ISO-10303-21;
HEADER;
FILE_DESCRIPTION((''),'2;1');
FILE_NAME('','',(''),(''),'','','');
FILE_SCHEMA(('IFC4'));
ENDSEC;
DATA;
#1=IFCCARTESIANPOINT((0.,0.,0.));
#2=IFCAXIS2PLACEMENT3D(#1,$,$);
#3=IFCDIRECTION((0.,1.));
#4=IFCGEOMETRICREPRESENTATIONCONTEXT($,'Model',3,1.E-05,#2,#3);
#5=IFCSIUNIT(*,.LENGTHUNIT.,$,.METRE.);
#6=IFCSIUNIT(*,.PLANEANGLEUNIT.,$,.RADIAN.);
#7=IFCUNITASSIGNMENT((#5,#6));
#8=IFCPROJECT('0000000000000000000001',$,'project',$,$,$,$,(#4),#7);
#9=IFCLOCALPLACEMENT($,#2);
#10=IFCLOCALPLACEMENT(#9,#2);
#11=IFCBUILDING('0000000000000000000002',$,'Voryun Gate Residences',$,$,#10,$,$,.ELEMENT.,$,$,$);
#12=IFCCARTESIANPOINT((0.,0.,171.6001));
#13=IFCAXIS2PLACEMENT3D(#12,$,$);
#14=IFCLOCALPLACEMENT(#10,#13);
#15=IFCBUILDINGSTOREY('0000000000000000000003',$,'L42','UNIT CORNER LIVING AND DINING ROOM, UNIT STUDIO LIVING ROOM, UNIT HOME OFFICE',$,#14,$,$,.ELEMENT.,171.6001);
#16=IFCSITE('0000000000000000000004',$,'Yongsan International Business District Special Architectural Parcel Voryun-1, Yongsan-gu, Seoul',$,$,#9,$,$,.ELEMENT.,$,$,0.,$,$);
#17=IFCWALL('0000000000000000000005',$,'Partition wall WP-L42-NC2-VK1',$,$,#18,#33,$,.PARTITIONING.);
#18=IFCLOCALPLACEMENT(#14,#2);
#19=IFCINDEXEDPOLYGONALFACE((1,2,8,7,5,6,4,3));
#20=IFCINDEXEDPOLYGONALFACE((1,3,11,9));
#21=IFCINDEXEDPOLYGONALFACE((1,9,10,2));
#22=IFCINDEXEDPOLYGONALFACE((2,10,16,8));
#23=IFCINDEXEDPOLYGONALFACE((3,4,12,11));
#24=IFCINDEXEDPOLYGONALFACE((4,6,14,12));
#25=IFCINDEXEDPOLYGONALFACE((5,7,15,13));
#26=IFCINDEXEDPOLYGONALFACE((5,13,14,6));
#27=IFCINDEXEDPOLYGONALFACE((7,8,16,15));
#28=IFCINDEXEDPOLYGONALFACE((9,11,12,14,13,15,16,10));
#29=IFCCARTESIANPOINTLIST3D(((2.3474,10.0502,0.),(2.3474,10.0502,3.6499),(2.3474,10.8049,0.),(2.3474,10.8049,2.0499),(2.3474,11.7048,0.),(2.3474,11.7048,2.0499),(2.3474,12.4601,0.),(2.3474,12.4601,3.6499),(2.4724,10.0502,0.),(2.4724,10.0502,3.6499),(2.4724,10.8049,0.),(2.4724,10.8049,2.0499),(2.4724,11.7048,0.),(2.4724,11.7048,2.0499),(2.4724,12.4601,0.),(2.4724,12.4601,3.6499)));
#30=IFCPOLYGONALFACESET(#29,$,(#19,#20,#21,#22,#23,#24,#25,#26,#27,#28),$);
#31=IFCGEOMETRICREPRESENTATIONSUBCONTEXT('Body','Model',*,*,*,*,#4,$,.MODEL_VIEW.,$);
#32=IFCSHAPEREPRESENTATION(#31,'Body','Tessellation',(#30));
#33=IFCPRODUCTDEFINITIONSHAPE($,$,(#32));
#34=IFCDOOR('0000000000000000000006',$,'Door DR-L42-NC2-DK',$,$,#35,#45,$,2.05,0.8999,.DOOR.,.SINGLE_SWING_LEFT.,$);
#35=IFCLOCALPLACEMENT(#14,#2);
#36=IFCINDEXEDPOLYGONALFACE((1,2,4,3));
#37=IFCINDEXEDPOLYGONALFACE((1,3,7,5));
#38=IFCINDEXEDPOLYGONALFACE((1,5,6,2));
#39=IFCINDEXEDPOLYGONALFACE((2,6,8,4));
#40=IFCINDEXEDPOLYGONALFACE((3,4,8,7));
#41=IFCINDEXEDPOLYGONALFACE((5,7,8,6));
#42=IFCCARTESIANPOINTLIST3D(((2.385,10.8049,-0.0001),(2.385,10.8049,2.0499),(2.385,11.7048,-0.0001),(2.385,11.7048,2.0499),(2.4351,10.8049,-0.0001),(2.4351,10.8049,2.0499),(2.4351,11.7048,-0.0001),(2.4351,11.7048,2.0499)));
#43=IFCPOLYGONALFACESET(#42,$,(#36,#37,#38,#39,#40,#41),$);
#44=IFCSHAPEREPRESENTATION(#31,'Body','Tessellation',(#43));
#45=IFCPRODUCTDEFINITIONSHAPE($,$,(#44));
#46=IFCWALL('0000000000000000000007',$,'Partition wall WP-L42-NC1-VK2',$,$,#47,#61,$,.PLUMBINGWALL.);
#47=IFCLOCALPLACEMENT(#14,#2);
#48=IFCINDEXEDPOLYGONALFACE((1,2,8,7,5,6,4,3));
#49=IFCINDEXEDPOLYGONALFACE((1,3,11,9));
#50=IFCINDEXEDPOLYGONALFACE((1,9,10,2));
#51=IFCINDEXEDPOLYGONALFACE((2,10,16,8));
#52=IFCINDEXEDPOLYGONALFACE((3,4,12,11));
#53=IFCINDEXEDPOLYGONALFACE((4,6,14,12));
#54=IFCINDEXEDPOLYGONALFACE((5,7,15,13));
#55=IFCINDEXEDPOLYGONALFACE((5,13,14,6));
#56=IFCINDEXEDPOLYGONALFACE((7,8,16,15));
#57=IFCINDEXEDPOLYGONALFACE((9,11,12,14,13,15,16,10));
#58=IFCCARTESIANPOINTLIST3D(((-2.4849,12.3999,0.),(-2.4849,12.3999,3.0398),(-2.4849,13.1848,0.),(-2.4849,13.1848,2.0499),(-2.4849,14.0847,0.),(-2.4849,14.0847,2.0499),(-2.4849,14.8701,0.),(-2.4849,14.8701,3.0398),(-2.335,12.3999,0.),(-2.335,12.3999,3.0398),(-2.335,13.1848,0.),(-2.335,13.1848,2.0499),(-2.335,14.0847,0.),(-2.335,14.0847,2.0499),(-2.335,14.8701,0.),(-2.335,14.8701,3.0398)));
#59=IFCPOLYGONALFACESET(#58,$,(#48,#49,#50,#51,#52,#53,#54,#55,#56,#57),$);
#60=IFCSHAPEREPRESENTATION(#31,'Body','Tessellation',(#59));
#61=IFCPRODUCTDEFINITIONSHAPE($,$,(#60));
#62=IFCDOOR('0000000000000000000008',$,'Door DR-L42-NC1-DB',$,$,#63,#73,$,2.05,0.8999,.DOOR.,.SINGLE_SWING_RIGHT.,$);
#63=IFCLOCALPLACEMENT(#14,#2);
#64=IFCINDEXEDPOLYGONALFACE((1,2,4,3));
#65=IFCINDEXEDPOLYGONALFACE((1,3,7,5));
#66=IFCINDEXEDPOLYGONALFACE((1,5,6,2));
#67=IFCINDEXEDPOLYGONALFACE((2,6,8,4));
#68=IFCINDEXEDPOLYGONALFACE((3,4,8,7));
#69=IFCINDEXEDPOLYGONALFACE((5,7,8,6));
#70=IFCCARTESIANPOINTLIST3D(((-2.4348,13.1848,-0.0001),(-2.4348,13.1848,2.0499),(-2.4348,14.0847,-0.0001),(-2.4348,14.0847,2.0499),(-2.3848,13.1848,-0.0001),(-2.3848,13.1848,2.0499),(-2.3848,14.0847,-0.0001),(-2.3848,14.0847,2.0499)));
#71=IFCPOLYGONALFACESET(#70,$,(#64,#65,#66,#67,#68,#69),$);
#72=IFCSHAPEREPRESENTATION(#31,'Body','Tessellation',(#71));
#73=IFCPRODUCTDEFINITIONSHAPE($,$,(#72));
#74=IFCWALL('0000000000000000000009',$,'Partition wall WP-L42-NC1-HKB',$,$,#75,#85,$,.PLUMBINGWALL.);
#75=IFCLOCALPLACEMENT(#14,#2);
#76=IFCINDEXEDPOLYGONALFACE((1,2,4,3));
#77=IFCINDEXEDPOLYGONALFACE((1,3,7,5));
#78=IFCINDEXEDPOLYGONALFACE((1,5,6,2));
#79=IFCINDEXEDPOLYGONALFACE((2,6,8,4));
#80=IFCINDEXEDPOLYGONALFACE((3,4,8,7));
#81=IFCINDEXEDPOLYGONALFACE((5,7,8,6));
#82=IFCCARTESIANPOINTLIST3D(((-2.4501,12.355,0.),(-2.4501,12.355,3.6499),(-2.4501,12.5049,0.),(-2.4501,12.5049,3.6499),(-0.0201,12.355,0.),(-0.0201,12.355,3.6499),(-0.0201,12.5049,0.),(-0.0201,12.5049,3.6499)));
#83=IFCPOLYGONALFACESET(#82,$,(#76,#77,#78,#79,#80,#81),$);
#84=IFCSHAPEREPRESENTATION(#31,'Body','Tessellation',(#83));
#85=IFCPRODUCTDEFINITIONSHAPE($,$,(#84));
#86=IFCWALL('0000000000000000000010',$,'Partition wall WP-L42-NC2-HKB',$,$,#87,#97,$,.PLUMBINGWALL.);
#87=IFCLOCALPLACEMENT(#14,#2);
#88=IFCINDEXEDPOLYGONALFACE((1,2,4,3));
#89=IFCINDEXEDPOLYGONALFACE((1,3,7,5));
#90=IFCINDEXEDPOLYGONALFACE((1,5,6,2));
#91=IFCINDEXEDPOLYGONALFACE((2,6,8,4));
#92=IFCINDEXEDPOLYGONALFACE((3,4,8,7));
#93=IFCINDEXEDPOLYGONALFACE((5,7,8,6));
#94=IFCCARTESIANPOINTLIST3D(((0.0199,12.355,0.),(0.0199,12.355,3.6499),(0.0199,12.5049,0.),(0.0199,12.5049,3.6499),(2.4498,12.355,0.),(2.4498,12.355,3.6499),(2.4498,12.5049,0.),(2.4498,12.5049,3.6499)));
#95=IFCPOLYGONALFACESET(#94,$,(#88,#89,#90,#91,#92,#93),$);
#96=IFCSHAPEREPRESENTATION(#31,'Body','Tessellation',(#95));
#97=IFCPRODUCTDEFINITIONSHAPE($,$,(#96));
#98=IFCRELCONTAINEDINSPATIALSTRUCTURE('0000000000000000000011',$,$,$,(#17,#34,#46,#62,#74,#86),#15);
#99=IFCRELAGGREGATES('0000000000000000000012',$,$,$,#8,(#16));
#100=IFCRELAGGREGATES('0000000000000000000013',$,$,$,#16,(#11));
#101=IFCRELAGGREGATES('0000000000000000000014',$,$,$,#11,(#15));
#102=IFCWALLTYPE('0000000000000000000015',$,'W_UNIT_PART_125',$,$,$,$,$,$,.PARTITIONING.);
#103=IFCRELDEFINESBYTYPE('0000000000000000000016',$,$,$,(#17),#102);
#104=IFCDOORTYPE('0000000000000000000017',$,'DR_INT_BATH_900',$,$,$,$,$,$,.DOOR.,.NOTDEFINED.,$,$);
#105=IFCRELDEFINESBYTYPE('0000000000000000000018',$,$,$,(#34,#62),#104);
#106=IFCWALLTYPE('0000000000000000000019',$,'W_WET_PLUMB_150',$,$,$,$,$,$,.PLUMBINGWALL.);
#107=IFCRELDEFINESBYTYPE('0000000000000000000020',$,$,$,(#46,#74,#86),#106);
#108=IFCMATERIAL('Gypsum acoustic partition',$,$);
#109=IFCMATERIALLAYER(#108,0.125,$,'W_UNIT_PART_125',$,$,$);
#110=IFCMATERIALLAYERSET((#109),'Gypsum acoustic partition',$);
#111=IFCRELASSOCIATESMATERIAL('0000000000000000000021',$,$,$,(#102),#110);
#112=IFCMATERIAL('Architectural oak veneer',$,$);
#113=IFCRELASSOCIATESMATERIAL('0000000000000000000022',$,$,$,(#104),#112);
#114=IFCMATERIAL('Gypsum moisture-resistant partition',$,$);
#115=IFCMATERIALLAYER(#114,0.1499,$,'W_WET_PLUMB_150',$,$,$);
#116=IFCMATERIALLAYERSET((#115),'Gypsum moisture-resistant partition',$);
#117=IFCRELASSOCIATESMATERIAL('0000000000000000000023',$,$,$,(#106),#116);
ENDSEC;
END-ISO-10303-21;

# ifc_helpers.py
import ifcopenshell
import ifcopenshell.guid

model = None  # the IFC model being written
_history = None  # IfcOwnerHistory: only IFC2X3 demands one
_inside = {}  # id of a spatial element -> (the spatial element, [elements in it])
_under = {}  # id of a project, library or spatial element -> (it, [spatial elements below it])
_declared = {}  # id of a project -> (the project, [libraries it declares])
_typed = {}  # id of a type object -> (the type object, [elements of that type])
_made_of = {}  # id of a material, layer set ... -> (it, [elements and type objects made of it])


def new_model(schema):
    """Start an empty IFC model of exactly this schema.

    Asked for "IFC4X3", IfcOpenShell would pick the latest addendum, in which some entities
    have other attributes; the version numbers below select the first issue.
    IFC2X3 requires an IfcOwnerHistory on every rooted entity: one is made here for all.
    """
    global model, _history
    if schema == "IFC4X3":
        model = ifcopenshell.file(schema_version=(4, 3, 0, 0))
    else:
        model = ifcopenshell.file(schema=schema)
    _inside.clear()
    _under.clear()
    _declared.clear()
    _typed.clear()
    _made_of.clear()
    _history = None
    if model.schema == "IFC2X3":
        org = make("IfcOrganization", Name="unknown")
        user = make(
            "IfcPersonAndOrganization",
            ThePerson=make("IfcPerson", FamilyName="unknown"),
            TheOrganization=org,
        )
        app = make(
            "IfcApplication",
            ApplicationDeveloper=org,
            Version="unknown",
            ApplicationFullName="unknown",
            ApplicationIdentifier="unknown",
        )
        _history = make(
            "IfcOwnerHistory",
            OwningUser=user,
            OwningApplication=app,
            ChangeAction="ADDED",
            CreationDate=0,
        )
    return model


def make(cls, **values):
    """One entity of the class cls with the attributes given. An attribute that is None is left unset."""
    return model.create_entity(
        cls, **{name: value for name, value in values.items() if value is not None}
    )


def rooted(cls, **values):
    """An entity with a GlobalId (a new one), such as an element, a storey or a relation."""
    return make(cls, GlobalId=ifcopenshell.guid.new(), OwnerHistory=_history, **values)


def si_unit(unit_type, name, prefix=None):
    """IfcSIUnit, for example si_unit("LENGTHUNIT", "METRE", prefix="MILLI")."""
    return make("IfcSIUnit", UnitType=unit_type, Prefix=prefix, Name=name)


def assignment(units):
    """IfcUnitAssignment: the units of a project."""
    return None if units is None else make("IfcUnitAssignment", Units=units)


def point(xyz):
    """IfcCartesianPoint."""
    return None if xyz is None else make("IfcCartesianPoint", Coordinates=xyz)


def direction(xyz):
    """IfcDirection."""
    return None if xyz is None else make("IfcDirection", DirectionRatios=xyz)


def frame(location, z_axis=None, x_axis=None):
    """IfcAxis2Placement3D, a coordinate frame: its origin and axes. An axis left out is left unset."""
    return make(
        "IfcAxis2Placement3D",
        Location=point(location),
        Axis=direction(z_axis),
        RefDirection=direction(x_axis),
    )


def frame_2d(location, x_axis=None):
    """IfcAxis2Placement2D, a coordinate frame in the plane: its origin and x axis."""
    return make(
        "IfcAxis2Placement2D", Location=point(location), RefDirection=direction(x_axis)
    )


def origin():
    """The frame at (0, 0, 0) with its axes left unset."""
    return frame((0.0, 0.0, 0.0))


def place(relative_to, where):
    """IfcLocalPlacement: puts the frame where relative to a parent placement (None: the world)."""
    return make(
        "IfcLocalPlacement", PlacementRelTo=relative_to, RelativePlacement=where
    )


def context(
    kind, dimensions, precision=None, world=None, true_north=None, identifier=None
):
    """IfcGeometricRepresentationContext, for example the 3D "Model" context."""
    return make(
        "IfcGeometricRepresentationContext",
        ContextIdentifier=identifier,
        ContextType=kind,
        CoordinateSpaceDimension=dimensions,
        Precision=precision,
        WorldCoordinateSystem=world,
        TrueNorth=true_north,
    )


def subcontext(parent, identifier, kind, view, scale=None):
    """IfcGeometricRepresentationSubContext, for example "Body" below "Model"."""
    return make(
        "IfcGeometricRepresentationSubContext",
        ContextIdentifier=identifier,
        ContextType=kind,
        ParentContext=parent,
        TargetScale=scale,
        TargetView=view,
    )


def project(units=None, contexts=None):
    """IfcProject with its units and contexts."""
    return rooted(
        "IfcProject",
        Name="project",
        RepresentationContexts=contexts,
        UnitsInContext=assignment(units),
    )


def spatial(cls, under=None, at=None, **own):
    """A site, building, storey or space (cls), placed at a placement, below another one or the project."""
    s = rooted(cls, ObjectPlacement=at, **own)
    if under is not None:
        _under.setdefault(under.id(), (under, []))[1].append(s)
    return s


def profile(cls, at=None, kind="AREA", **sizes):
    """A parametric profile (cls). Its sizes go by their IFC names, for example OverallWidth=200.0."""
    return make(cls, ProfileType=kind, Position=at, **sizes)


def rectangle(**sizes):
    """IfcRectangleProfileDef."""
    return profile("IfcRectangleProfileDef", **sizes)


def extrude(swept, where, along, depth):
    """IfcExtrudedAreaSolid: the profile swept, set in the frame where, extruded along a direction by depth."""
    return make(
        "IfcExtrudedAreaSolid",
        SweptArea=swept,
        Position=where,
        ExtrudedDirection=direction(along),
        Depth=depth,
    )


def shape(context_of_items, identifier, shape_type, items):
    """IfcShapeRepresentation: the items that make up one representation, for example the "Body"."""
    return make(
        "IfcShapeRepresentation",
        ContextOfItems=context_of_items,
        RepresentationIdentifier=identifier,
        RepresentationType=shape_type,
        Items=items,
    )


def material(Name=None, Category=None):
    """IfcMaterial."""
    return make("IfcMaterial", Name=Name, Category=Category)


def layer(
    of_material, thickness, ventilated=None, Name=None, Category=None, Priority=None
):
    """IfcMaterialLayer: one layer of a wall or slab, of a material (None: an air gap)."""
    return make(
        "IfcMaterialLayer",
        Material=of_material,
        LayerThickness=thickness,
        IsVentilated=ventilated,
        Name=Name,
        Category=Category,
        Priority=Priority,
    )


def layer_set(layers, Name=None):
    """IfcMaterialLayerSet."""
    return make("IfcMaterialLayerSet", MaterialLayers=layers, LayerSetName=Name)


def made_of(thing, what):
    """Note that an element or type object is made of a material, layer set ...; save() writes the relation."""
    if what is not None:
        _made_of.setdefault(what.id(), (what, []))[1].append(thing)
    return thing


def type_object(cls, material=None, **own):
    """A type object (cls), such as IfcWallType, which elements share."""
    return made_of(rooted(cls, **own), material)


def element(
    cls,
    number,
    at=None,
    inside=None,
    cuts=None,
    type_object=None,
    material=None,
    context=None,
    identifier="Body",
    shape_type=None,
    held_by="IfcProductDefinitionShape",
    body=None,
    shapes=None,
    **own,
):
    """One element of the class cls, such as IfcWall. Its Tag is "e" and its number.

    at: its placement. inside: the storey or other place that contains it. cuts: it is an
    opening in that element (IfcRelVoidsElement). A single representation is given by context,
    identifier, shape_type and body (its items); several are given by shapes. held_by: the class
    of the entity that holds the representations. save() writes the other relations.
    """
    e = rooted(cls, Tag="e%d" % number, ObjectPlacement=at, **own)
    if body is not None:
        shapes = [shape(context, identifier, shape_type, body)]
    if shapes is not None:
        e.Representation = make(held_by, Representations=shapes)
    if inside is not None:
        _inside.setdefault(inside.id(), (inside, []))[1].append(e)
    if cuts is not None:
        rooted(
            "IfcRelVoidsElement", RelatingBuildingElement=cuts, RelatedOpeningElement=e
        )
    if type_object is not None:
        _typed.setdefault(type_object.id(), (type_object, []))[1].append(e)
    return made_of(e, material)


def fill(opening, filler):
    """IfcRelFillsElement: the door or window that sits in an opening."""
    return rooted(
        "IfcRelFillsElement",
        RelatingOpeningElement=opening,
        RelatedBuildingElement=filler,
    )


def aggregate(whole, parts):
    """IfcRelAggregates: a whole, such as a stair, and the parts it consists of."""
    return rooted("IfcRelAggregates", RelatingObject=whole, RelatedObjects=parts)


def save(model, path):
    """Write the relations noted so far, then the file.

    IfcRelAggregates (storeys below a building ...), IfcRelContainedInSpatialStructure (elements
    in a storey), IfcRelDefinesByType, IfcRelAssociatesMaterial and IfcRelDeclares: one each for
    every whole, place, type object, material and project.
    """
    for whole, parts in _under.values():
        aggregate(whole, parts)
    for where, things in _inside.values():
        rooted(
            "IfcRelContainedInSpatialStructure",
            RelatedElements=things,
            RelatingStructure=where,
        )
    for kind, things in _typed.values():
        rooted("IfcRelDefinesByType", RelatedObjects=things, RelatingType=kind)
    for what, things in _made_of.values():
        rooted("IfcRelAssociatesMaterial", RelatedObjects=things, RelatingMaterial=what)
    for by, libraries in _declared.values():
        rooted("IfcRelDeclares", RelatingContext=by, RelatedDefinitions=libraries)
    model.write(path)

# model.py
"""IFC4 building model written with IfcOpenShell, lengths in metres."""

from ifc_helpers import new_model, si_unit, direction, frame, frame_2d, origin, place, context, subcontext, project, spatial, rectangle, extrude, material, layer, layer_set, type_object, element, fill, save


model = new_model("IFC4")

# Units and contexts
model_context = context("Model", 3, precision=1e-05, world=origin(), true_north=direction((0.0, 1.0)))
body_context = subcontext(model_context, "Body", "Model", "MODEL_VIEW")
ifc_project = project(units=[si_unit("LENGTHUNIT", "METRE"), si_unit("PLANEANGLEUNIT", "RADIAN")], contexts=[model_context])

# Site, building, storey
site_placement = place(None, origin())
site = spatial("IfcSite", under=ifc_project, at=site_placement, Name="Yongsan International Business District Special Architectural Parcel Voryun-1, Yongsan-gu, Seoul", CompositionType="ELEMENT", RefElevation=0.0)
building_placement = place(site_placement, origin())
building = spatial("IfcBuilding", under=site, at=building_placement, Name="Voryun Gate Residences", CompositionType="ELEMENT")
storey_placement = place(building_placement, frame((0.0, 0.0, 171.6001)))
storey = spatial("IfcBuildingStorey", under=building, at=storey_placement, Name="L42", Description="UNIT CORNER LIVING AND DINING ROOM, UNIT STUDIO LIVING ROOM, UNIT HOME OFFICE", CompositionType="ELEMENT", Elevation=171.6001)

# Shared definitions
ifc_material_1 = material(Name="Gypsum acoustic partition")
ifc_layer_1 = layer(ifc_material_1, 0.125, Name="W_UNIT_PART_125")
ifc_layer_set_1 = layer_set([ifc_layer_1], Name="Gypsum acoustic partition")
wall_type_1 = type_object("IfcWallType", Name="W_UNIT_PART_125", PredefinedType="PARTITIONING", material=ifc_layer_set_1)
ifc_material_2 = material(Name="Architectural oak veneer")
door_type = type_object("IfcDoorType", Name="DR_INT_BATH_900", OperationType="NOTDEFINED", PredefinedType="DOOR", material=ifc_material_2)

# Walls, openings, doors
wall_1_placement = place(storey_placement, frame((2.4099, 10.05, 0.0), z_axis=(0.0, 0.0, 1.0), x_axis=(0.0, 1.0, 0.0)))
wall_1 = element("IfcWall", 1, at=wall_1_placement, inside=storey, type_object=wall_type_1, Name="Partition wall WP-L42-NC2-VK1", PredefinedType="PARTITIONING", context=body_context, shape_type="SweptSolid", body=[
    extrude(rectangle(XDim=2.4099, YDim=0.125, at=frame_2d((1.2051, 0.0))), origin(), (0.0, 0.0, 1.0), 3.6499),
])
opening_1_placement = place(wall_1_placement, frame((0.7549, 0.0, 0.0)))
opening_1 = element("IfcOpeningElement", 2, at=opening_1_placement, cuts=wall_1, PredefinedType="OPENING", context=body_context, shape_type="SweptSolid", body=[
    extrude(rectangle(XDim=0.8999, YDim=2.05, at=frame_2d((0.45, 1.0249))), frame((0.0, 0.0725, 0.0), z_axis=(0.0, -1.0, 0.0), x_axis=(1.0, 0.0, 0.0)), (0.0, 0.0, 1.0), 0.145),
])
door_1_placement = place(opening_1_placement, origin())
door_1 = element("IfcDoor", 3, at=door_1_placement, inside=storey, type_object=door_type, Name="Door DR-L42-NC2-DK", OperationType="SINGLE_SWING_LEFT", OverallHeight=2.05, OverallWidth=0.8999, PredefinedType="DOOR", context=body_context, shape_type="SweptSolid", body=[
    extrude(rectangle(XDim=0.8999, YDim=2.05, at=frame_2d((0.45, 1.0249))), frame((0.0, 0.0249, 0.0), z_axis=(0.0, -1.0, 0.0), x_axis=(1.0, 0.0, 0.0)), (0.0, 0.0, 1.0), 0.05),
])
fill(opening_1, door_1)
ifc_material_3 = material(Name="Gypsum moisture-resistant partition")
ifc_layer_2 = layer(ifc_material_3, 0.1499, Name="W_WET_PLUMB_150")
ifc_layer_set_2 = layer_set([ifc_layer_2], Name="Gypsum moisture-resistant partition")
wall_type_2 = type_object("IfcWallType", Name="W_WET_PLUMB_150", PredefinedType="PLUMBINGWALL", material=ifc_layer_set_2)
wall_2_placement = place(storey_placement, frame((-2.4099, 12.3999, 0.0), z_axis=(0.0, 0.0, 1.0), x_axis=(0.0, 1.0, 0.0)))
wall_2 = element("IfcWall", 4, at=wall_2_placement, inside=storey, type_object=wall_type_2, Name="Partition wall WP-L42-NC1-VK2", PredefinedType="PLUMBINGWALL", context=body_context, shape_type="SweptSolid", body=[
    extrude(rectangle(XDim=2.4702, YDim=0.1499, at=frame_2d((1.2351, 0.0))), origin(), (0.0, 0.0, 1.0), 3.0398),
])
opening_2_placement = place(wall_2_placement, frame((0.7849, 0.0, 0.0)))
opening_2 = element("IfcOpeningElement", 5, at=opening_2_placement, cuts=wall_2, PredefinedType="OPENING", context=body_context, shape_type="SweptSolid", body=[
    extrude(rectangle(XDim=0.8999, YDim=2.05, at=frame_2d((0.45, 1.0249))), frame((0.0, 0.085, 0.0), z_axis=(0.0, -1.0, 0.0), x_axis=(1.0, 0.0, 0.0)), (0.0, 0.0, 1.0), 0.1699),
])
door_2_placement = place(opening_2_placement, origin())
door_2 = element("IfcDoor", 6, at=door_2_placement, inside=storey, type_object=door_type, Name="Door DR-L42-NC1-DB", OperationType="SINGLE_SWING_RIGHT", OverallHeight=2.05, OverallWidth=0.8999, PredefinedType="DOOR", context=body_context, shape_type="SweptSolid", body=[
    extrude(rectangle(XDim=0.8999, YDim=2.05, at=frame_2d((0.45, 1.0249))), frame((0.0, 0.0249, 0.0), z_axis=(0.0, -1.0, 0.0), x_axis=(1.0, 0.0, 0.0)), (0.0, 0.0, 1.0), 0.05),
])
fill(opening_2, door_2)

# Walls
for number, where, z_axis, x_axis, name in (
    (7, (-2.45, 12.4299, 0.0), (0.0, 0.0, 1.0), (1.0, 0.0, 0.0), "Partition wall WP-L42-NC1-HKB"),
    (8, (0.02, 12.4299, 0.0), (0.0, 0.0, 1.0), (1.0, 0.0, 0.0), "Partition wall WP-L42-NC2-HKB"),
):
    element("IfcWall", number, at=place(storey_placement, frame(where, z_axis=z_axis, x_axis=x_axis)), inside=storey, type_object=wall_type_2, Name=name, PredefinedType="PLUMBINGWALL", context=body_context, shape_type="SweptSolid", body=[
        extrude(rectangle(XDim=2.4299, YDim=0.1499, at=frame_2d((1.2148, 0.0))), origin(), (0.0, 0.0, 1.0), 3.6499),
    ])

save(model, "model.ifc")
